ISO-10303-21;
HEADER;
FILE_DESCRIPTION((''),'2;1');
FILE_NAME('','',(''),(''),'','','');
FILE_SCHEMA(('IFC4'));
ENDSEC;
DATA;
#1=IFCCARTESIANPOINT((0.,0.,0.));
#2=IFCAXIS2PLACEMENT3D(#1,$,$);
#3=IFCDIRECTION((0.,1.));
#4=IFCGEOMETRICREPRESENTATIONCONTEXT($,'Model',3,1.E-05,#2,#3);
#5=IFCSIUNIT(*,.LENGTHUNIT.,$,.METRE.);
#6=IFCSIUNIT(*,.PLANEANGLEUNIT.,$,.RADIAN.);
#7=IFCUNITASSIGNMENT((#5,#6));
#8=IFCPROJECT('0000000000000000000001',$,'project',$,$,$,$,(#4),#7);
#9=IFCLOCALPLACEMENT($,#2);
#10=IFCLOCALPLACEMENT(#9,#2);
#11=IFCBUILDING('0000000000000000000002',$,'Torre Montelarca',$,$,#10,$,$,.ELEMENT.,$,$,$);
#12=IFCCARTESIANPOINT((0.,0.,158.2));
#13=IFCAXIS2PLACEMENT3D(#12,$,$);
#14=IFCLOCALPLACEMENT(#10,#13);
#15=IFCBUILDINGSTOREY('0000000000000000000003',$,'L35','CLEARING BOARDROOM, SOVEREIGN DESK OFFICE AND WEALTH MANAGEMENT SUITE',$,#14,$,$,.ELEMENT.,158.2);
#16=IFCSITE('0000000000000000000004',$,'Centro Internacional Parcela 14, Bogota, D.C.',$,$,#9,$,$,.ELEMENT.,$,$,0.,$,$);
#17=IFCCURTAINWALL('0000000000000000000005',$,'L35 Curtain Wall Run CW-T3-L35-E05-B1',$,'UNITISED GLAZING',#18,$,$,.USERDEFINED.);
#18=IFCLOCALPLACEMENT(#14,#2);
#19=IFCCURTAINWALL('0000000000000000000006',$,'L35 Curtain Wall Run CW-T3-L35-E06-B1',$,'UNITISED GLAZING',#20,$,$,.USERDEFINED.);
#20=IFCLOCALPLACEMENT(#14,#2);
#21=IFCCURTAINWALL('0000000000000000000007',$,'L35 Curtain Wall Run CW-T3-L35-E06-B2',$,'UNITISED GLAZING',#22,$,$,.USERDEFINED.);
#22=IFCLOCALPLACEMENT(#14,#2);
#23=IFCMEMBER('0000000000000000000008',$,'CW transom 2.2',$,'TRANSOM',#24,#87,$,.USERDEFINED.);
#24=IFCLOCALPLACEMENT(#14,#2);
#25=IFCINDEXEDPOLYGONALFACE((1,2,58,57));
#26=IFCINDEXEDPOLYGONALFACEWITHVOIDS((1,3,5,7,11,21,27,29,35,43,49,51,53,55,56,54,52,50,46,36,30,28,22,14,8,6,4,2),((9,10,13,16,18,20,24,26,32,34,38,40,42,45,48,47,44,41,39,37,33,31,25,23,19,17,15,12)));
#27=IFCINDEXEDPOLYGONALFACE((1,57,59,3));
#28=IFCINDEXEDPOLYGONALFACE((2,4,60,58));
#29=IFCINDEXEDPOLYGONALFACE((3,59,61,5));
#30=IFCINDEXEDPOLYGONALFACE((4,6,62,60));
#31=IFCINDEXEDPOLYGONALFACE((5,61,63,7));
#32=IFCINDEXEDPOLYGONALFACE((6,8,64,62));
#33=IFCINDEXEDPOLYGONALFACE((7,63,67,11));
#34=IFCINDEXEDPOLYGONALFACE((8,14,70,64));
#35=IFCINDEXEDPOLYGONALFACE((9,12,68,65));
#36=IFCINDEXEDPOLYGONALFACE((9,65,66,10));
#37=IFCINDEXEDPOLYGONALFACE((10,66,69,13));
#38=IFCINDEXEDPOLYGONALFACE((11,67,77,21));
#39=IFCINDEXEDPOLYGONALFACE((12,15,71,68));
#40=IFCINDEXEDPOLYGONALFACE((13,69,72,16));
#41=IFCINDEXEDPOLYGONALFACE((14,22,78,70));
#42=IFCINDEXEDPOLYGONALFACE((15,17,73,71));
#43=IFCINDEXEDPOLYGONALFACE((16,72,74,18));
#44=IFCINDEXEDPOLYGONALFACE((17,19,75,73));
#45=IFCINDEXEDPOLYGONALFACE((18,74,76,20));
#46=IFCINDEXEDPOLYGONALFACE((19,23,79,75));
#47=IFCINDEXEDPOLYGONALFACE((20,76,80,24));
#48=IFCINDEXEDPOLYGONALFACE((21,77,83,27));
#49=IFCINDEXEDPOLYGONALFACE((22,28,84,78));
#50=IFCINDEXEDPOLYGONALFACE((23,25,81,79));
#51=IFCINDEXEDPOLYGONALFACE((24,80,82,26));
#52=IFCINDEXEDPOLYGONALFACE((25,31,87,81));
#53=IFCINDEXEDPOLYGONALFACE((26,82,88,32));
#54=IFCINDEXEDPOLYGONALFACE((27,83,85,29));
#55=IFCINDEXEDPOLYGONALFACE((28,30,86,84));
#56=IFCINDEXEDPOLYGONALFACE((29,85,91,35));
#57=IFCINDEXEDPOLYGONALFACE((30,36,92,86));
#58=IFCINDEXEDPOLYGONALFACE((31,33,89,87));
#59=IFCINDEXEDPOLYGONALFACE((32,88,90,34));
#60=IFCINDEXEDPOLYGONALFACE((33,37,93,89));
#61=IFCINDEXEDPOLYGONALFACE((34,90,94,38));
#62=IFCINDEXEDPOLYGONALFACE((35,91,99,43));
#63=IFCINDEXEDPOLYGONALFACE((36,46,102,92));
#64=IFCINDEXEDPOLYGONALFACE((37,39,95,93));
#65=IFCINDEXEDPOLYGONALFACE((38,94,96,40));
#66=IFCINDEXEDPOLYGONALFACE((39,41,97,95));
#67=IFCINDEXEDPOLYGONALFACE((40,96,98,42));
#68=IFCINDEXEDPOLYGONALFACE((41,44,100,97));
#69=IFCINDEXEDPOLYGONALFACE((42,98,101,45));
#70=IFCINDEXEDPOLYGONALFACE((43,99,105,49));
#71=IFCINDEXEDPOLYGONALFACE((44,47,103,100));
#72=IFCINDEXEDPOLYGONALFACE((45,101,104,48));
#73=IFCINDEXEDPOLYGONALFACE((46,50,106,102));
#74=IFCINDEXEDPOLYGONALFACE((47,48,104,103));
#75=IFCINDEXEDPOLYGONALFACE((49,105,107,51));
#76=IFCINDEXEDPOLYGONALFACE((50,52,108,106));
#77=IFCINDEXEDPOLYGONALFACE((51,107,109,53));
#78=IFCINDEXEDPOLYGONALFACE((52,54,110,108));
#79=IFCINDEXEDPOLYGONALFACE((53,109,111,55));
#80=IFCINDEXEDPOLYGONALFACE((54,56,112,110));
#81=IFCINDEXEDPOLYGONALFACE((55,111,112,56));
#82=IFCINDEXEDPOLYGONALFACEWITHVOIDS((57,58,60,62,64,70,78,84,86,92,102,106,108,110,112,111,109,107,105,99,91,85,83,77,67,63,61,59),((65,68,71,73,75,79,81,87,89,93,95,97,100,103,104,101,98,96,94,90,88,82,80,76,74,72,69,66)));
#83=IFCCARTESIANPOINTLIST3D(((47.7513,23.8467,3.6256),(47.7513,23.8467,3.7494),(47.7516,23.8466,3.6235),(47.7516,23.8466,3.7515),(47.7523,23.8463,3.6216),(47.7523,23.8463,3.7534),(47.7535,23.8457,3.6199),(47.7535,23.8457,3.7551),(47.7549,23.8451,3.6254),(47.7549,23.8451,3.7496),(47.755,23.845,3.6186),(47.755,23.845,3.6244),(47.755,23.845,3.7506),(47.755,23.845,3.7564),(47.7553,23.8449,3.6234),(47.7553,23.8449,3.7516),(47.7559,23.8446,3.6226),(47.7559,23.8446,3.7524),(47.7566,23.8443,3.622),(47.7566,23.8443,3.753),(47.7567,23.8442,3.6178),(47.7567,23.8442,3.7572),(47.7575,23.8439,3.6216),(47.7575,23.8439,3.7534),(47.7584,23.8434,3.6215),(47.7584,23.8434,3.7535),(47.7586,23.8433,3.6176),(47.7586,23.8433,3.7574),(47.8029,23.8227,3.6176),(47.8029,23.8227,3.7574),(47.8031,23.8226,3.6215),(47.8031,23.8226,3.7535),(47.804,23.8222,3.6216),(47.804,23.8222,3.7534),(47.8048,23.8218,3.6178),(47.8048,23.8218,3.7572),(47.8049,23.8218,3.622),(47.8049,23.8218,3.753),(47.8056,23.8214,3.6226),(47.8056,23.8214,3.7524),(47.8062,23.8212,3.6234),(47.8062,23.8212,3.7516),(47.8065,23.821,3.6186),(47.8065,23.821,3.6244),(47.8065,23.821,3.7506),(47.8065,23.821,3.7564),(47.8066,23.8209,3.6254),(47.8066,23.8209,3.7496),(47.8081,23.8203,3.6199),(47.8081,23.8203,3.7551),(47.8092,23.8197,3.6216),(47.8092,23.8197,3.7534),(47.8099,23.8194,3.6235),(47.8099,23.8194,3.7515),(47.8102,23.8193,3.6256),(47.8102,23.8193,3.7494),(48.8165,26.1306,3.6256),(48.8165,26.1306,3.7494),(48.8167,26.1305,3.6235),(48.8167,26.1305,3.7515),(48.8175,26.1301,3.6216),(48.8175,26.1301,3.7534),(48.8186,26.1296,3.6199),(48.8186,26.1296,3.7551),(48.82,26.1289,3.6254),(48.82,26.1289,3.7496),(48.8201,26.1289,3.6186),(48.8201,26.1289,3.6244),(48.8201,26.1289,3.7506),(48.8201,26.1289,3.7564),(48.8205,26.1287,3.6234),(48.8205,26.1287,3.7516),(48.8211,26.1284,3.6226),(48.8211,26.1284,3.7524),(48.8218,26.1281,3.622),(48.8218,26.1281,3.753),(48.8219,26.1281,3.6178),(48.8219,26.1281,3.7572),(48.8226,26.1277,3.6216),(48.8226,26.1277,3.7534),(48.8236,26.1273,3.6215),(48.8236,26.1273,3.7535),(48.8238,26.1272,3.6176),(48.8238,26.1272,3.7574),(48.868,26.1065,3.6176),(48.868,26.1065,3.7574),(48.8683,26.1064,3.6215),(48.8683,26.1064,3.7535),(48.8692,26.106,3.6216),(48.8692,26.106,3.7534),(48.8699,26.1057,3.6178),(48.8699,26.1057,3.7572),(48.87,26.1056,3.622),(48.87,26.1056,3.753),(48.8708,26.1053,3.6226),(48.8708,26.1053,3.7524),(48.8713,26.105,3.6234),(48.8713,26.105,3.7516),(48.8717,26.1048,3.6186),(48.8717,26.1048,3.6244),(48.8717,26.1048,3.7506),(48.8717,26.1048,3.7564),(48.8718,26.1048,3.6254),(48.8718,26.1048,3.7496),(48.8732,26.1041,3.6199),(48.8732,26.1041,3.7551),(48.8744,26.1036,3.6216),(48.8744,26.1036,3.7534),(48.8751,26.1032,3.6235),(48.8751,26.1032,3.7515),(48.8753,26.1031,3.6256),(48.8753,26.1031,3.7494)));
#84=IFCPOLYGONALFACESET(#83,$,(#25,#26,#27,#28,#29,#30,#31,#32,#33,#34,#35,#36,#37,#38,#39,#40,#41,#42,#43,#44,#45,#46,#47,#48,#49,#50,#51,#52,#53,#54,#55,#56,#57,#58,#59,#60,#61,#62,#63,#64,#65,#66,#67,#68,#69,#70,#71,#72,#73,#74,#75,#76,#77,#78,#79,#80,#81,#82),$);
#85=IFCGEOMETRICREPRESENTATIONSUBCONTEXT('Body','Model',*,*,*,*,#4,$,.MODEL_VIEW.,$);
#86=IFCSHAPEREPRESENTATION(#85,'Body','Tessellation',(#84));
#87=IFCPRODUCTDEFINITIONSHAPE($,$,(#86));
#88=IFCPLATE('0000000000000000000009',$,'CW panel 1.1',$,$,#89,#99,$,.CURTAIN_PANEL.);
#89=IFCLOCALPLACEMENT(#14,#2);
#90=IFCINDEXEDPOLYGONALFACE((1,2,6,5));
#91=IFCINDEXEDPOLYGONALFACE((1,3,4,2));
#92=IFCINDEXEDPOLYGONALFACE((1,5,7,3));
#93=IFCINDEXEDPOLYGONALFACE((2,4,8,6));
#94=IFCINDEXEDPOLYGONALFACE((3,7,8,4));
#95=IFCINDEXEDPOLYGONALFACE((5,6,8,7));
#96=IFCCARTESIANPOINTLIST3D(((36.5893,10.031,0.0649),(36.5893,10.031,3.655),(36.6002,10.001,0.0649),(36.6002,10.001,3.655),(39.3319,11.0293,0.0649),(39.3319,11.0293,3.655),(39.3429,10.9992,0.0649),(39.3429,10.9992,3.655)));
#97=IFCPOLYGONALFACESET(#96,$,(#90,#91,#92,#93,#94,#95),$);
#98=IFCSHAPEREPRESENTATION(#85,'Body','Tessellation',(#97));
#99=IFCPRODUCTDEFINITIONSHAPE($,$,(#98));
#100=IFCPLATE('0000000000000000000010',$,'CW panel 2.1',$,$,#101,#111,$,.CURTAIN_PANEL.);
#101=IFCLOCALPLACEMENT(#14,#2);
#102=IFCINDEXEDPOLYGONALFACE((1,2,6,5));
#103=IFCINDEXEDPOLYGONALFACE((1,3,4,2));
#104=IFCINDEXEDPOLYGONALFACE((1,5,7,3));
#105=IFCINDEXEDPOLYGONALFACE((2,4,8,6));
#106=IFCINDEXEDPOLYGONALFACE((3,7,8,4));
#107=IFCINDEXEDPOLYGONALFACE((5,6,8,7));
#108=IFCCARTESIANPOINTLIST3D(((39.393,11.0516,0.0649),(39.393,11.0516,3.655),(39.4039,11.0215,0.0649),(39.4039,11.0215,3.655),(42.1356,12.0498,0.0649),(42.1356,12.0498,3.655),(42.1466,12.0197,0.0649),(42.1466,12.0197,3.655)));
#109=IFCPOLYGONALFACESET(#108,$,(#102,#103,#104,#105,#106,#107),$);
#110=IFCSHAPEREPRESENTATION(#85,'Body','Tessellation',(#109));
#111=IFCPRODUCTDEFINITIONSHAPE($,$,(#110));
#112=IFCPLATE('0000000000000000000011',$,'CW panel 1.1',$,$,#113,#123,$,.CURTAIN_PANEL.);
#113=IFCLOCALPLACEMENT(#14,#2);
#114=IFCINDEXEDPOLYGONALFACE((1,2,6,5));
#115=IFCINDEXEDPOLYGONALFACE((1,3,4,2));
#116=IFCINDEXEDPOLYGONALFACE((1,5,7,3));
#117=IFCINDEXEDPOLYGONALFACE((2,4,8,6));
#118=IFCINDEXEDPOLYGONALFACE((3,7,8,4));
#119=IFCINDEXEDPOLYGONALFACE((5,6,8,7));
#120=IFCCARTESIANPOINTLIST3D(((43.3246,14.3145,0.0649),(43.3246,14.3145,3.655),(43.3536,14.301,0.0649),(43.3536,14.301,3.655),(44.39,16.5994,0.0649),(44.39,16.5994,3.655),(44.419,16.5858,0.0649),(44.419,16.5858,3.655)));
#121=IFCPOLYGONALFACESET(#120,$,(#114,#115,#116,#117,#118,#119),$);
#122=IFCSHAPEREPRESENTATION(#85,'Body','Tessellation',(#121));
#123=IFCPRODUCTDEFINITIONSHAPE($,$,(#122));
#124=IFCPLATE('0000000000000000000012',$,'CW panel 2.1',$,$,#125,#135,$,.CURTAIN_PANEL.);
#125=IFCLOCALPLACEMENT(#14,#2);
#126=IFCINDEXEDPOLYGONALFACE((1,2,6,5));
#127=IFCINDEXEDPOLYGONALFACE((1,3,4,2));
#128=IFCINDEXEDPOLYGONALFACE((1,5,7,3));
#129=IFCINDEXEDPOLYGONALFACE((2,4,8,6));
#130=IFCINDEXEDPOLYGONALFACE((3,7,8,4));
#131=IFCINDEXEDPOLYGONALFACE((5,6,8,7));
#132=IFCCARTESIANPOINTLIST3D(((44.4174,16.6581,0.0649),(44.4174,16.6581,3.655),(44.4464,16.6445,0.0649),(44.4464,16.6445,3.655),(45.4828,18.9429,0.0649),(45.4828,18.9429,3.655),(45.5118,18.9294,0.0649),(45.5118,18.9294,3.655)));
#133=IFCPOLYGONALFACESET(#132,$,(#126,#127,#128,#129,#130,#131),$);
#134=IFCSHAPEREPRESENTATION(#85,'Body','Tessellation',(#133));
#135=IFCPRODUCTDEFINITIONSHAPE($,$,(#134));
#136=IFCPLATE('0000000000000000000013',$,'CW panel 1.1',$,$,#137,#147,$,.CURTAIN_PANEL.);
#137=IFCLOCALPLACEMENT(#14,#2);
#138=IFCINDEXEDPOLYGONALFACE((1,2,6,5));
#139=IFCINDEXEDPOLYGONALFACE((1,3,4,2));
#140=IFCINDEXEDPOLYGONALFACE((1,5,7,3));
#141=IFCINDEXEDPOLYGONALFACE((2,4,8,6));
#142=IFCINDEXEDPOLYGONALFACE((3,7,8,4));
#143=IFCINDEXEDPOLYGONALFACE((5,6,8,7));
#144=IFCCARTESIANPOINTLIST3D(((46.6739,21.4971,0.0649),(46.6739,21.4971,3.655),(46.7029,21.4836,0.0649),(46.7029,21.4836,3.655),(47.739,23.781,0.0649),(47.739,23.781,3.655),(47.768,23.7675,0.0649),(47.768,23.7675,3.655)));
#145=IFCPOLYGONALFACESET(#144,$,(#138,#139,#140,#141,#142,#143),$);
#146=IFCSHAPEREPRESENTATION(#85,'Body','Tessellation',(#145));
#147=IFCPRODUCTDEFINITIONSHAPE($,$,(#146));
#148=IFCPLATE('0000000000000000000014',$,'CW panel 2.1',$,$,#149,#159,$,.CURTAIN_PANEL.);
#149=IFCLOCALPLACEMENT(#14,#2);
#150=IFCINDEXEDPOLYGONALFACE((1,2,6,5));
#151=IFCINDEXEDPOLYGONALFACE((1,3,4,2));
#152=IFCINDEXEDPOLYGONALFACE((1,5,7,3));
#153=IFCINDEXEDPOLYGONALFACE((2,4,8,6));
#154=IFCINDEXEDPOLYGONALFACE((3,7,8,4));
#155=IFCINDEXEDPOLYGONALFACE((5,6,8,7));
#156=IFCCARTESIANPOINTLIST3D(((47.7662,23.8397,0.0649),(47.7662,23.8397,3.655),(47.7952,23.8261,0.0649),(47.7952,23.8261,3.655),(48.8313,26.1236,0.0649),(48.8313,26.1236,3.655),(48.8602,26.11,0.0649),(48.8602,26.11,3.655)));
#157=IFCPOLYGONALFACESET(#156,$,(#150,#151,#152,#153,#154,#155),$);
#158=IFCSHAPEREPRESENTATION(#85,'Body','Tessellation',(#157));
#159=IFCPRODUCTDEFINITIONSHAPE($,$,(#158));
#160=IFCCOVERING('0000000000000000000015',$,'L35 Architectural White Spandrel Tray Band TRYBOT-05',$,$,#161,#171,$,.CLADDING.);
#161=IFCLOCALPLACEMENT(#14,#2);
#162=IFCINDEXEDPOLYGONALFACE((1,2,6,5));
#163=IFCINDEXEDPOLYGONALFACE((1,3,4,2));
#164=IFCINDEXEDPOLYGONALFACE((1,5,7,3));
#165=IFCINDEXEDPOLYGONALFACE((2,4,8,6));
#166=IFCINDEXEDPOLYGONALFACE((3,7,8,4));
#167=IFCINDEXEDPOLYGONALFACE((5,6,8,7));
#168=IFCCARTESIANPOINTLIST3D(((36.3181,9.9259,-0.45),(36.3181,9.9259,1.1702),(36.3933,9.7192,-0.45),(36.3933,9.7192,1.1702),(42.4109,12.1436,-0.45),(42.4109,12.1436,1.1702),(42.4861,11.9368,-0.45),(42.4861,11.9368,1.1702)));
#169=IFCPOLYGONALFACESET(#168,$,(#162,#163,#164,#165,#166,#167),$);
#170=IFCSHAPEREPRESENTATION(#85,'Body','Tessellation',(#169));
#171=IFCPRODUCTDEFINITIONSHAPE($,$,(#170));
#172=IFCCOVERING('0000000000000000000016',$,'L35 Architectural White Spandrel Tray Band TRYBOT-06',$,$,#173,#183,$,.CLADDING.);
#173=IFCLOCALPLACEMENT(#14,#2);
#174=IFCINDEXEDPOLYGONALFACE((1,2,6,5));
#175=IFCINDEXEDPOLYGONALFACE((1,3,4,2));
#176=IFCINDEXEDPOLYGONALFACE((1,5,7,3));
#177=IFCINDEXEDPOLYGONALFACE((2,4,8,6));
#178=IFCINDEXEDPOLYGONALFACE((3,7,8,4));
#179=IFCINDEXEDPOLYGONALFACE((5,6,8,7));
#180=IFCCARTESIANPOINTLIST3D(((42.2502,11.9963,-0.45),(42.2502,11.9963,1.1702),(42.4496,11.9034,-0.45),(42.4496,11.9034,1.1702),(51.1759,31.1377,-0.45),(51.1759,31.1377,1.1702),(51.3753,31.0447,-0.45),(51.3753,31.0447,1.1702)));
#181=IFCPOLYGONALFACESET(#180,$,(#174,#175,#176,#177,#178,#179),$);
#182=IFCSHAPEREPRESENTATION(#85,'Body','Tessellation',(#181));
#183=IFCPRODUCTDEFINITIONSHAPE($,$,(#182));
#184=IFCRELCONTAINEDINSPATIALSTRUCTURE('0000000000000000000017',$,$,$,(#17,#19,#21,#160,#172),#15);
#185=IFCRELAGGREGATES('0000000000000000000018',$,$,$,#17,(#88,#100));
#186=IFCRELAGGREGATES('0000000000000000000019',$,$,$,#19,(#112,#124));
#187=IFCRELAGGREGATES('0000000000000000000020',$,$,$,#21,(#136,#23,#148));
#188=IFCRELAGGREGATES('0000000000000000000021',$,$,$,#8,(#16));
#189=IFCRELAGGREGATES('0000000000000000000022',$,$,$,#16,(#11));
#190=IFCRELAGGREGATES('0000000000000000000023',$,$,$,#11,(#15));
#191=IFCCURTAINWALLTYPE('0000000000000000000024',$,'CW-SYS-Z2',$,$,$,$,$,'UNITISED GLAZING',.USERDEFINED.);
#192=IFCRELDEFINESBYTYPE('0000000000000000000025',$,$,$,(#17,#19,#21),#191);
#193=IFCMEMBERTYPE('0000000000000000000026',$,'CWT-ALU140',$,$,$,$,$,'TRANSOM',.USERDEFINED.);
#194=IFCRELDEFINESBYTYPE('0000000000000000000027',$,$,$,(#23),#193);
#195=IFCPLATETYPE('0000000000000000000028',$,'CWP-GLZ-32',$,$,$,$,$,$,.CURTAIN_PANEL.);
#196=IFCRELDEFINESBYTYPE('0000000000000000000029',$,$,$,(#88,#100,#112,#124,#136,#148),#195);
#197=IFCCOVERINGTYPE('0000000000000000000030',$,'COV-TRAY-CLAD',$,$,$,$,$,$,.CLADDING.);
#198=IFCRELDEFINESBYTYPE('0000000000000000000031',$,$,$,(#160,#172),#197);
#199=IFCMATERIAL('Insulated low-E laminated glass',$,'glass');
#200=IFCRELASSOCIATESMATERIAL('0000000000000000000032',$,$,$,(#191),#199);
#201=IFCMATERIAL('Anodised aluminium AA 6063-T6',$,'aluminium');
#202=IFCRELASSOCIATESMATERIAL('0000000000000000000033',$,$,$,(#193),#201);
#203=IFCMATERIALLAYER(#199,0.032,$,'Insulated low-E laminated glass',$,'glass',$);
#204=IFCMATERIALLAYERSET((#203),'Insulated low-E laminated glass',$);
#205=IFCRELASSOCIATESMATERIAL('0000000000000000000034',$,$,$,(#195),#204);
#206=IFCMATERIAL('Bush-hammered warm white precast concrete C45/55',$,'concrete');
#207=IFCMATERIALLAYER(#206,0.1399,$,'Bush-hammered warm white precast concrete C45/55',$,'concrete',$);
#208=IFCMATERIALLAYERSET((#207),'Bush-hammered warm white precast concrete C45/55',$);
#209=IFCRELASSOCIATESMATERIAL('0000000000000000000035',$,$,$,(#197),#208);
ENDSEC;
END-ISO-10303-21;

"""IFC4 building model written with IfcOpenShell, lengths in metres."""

from ifc_helpers import new_model, si_unit, direction, frame, origin, origin_2d, place, context, subcontext, project, spatial, rectangle, hollow_rectangle, extrude, source, transform, mapped, material, layer, layer_set, material_profile, profile_set, type_object, element, aggregate, save


model = new_model("IFC4")

# Units and contexts
model_context = context("Model", 3, precision=1e-05, world=origin(), true_north=direction((0.0, 1.0)))
body_context = subcontext(model_context, "Body", "Model", "MODEL_VIEW")
ifc_project = project(units=[si_unit("LENGTHUNIT", "METRE"), si_unit("PLANEANGLEUNIT", "RADIAN")], contexts=[model_context])

# Site, building, storey
site_placement = place(None, origin())
site = spatial("IfcSite", under=ifc_project, at=site_placement, Name="Centro Internacional Parcela 14, Bogota, D.C.", CompositionType="ELEMENT", RefElevation=0.0)
building_placement = place(site_placement, origin())
building = spatial("IfcBuilding", under=site, at=building_placement, Name="Torre Montelarca", CompositionType="ELEMENT")
storey_placement = place(building_placement, frame((0.0, 0.0, 158.2)))
storey = spatial("IfcBuildingStorey", under=building, at=storey_placement, Name="L35", Description="CLEARING BOARDROOM, SOVEREIGN DESK OFFICE AND WEALTH MANAGEMENT SUITE", CompositionType="ELEMENT", Elevation=158.2)

# Curtain walls
ifc_material_1 = material(Name="Insulated low-E laminated glass", Category="glass")
curtain_wall_type = type_object("IfcCurtainWallType", Name="CW-SYS-Z2", ElementType="UNITISED GLAZING", PredefinedType="USERDEFINED", material=ifc_material_1)
curtain_wall_1_placement = place(storey_placement, origin())
curtain_wall_1 = element("IfcCurtainWall", 1, at=curtain_wall_1_placement, inside=storey, type_object=curtain_wall_type, Name="L35 Curtain Wall Run CW-T3-L35-E05-B1", ObjectType="UNITISED GLAZING", PredefinedType="USERDEFINED")
ifc_material_2 = material(Name="Anodised aluminium AA 6063-T6", Category="aluminium")
ifc_material_profile_1 = material_profile(ifc_material_2, hollow_rectangle(XDim=0.0649, YDim=0.1399, WallThickness=0.0039, InnerFilletRadius=0.0039, OuterFilletRadius=0.0081, at=origin_2d()), Name="ALU65X140X4", Category="aluminium")
ifc_profile_set_1 = profile_set([ifc_material_profile_1], Name="Anodised aluminium AA 6063-T6")
member_type_1 = type_object("IfcMemberType", Name="CWT-ALU140", ElementType="TRANSOM", PredefinedType="USERDEFINED", material=ifc_profile_set_1)
curtain_wall_2_placement = place(storey_placement, origin())
curtain_wall_2 = element("IfcCurtainWall", 2, at=curtain_wall_2_placement, inside=storey, type_object=curtain_wall_type, Name="L35 Curtain Wall Run CW-T3-L35-E06-B1", ObjectType="UNITISED GLAZING", PredefinedType="USERDEFINED")
curtain_wall_3_placement = place(storey_placement, origin())
curtain_wall_3 = element("IfcCurtainWall", 3, at=curtain_wall_3_placement, inside=storey, type_object=curtain_wall_type, Name="L35 Curtain Wall Run CW-T3-L35-E06-B2", ObjectType="UNITISED GLAZING", PredefinedType="USERDEFINED")

# Member
shared_shape_1 = source(origin(), body_context, "Body", "SweptSolid", [
    extrude(hollow_rectangle(XDim=0.0649, YDim=0.1399, WallThickness=0.0039, InnerFilletRadius=0.0039, OuterFilletRadius=0.0081, at=origin_2d()), origin(), (0.0, 0.0, 1.0), 2.52),
])
member_1_placement = place(storey_placement, frame((47.7808, 23.833, 3.6875), z_axis=(0.422673, 0.906282, 0.0), x_axis=(-0.906282, 0.422673, 0.0)))
member_1 = element("IfcMember", 4, at=member_1_placement, type_object=member_type_1, Name="CW transom 2.2", ObjectType="TRANSOM", PredefinedType="USERDEFINED", context=body_context, shape_type="MappedRepresentation", body=[
    mapped(shared_shape_1, transform((0.0, 0.0, 0.0), scale=1.0)),
])

# Plates
ifc_layer_1 = layer(ifc_material_1, 0.032, Name="Insulated low-E laminated glass", Category="glass")
ifc_layer_set_1 = layer_set([ifc_layer_1], Name="Insulated low-E laminated glass")
plate_type = type_object("IfcPlateType", Name="CWP-GLZ-32", PredefinedType="CURTAIN_PANEL", material=ifc_layer_set_1)
shared_shape_2 = source(origin(), body_context, "Body", "SweptSolid", [
    extrude(rectangle(XDim=2.9187, YDim=0.032, at=origin_2d()), origin(), (0.0, 0.0, 1.0), 3.5901),
])
plate_1_placement = place(storey_placement, frame((37.9661, 10.5151, 0.0649), z_axis=(0.0, 0.0, 1.0), x_axis=(0.939694, 0.342016, 0.0)))
plate_1 = element("IfcPlate", 5, at=plate_1_placement, type_object=plate_type, Name="CW panel 1.1", PredefinedType="CURTAIN_PANEL", context=body_context, shape_type="MappedRepresentation", body=[
    mapped(shared_shape_2, transform((0.0, 0.0, 0.0), scale=1.0)),
])
plate_2_placement = place(storey_placement, frame((40.7698, 11.5356, 0.0649), z_axis=(0.0, 0.0, 1.0), x_axis=(0.939694, 0.342016, 0.0)))
plate_2 = element("IfcPlate", 6, at=plate_2_placement, type_object=plate_type, Name="CW panel 2.1", PredefinedType="CURTAIN_PANEL", context=body_context, shape_type="MappedRepresentation", body=[
    mapped(shared_shape_2, transform((0.0, 0.0, 0.0), scale=1.0)),
])
aggregate(curtain_wall_1, [plate_1, plate_2])
shared_shape_3 = source(origin(), body_context, "Body", "SweptSolid", [
    extrude(rectangle(XDim=2.521, YDim=0.032, at=origin_2d()), origin(), (0.0, 0.0, 1.0), 3.5901),
])
plate_3_placement = place(storey_placement, frame((43.8718, 15.4502, 0.0649), z_axis=(0.0, 0.0, 1.0), x_axis=(0.422604, 0.906314, 0.0)))
plate_3 = element("IfcPlate", 7, at=plate_3_placement, type_object=plate_type, Name="CW panel 1.1", PredefinedType="CURTAIN_PANEL", context=body_context, shape_type="MappedRepresentation", body=[
    mapped(shared_shape_3, transform((0.0, 0.0, 0.0), scale=1.0)),
])
plate_4_placement = place(storey_placement, frame((44.9646, 17.7937, 0.0649), z_axis=(0.0, 0.0, 1.0), x_axis=(0.422604, 0.906314, 0.0)))
plate_4 = element("IfcPlate", 8, at=plate_4_placement, type_object=plate_type, Name="CW panel 2.1", PredefinedType="CURTAIN_PANEL", context=body_context, shape_type="MappedRepresentation", body=[
    mapped(shared_shape_3, transform((0.0, 0.0, 0.0), scale=1.0)),
])
aggregate(curtain_wall_2, [plate_3, plate_4])
shared_shape_4 = source(origin(), body_context, "Body", "SweptSolid", [
    extrude(rectangle(XDim=2.52, YDim=0.032, at=origin_2d()), origin(), (0.0, 0.0, 1.0), 3.5901),
])
plate_5_placement = place(storey_placement, frame((47.2209, 22.6323, 0.0649), z_axis=(0.0, 0.0, 1.0), x_axis=(0.422626, 0.906304, 0.0)))
plate_5 = element("IfcPlate", 9, at=plate_5_placement, type_object=plate_type, Name="CW panel 1.1", PredefinedType="CURTAIN_PANEL", context=body_context, shape_type="MappedRepresentation", body=[
    mapped(shared_shape_4, transform((0.0, 0.0, 0.0), scale=1.0)),
])
plate_6_placement = place(storey_placement, frame((48.3132, 24.9749, 0.0649), z_axis=(0.0, 0.0, 1.0), x_axis=(0.422626, 0.906304, 0.0)))
plate_6 = element("IfcPlate", 10, at=plate_6_placement, type_object=plate_type, Name="CW panel 2.1", PredefinedType="CURTAIN_PANEL", context=body_context, shape_type="MappedRepresentation", body=[
    mapped(shared_shape_4, transform((0.0, 0.0, 0.0), scale=1.0)),
])
aggregate(curtain_wall_3, [plate_5, member_1, plate_6])

# Coverings
ifc_material_3 = material(Name="Bush-hammered warm white precast concrete C45/55", Category="concrete")
ifc_layer_2 = layer(ifc_material_3, 0.1399, Name="Bush-hammered warm white precast concrete C45/55", Category="concrete")
ifc_layer_set_2 = layer_set([ifc_layer_2], Name="Bush-hammered warm white precast concrete C45/55")
covering_type = type_object("IfcCoveringType", Name="COV-TRAY-CLAD", PredefinedType="CLADDING", material=ifc_layer_set_2)
shared_shape_5 = source(origin(), body_context, "Body", "SweptSolid", [
    extrude(rectangle(XDim=6.4839, YDim=0.22, at=origin_2d()), origin(), (0.0, 0.0, 1.0), 1.6201),
])
covering_1_placement = place(storey_placement, frame((39.4021, 10.9314, -0.45), z_axis=(0.0, 0.0, 1.0), x_axis=(0.939693, 0.342019, 0.0)))
element("IfcCovering", 11, at=covering_1_placement, inside=storey, type_object=covering_type, Name="L35 Architectural White Spandrel Tray Band TRYBOT-05", PredefinedType="CLADDING", context=body_context, shape_type="MappedRepresentation", body=[
    mapped(shared_shape_5, transform((0.0, 0.0, 0.0), scale=1.0)),
])
shared_shape_6 = source(origin(), body_context, "Body", "SweptSolid", [
    extrude(rectangle(XDim=21.1201, YDim=0.22, at=origin_2d()), origin(), (0.0, 0.0, 1.0), 1.6201),
])
covering_2_placement = place(storey_placement, frame((46.8127, 21.5205, -0.45), z_axis=(0.0, 0.0, 1.0), x_axis=(0.422618, 0.906308, 0.0)))
element("IfcCovering", 12, at=covering_2_placement, inside=storey, type_object=covering_type, Name="L35 Architectural White Spandrel Tray Band TRYBOT-06", PredefinedType="CLADDING", context=body_context, shape_type="MappedRepresentation", body=[
    mapped(shared_shape_6, transform((0.0, 0.0, 0.0), scale=1.0)),
])

save(model, "model.ifc")
